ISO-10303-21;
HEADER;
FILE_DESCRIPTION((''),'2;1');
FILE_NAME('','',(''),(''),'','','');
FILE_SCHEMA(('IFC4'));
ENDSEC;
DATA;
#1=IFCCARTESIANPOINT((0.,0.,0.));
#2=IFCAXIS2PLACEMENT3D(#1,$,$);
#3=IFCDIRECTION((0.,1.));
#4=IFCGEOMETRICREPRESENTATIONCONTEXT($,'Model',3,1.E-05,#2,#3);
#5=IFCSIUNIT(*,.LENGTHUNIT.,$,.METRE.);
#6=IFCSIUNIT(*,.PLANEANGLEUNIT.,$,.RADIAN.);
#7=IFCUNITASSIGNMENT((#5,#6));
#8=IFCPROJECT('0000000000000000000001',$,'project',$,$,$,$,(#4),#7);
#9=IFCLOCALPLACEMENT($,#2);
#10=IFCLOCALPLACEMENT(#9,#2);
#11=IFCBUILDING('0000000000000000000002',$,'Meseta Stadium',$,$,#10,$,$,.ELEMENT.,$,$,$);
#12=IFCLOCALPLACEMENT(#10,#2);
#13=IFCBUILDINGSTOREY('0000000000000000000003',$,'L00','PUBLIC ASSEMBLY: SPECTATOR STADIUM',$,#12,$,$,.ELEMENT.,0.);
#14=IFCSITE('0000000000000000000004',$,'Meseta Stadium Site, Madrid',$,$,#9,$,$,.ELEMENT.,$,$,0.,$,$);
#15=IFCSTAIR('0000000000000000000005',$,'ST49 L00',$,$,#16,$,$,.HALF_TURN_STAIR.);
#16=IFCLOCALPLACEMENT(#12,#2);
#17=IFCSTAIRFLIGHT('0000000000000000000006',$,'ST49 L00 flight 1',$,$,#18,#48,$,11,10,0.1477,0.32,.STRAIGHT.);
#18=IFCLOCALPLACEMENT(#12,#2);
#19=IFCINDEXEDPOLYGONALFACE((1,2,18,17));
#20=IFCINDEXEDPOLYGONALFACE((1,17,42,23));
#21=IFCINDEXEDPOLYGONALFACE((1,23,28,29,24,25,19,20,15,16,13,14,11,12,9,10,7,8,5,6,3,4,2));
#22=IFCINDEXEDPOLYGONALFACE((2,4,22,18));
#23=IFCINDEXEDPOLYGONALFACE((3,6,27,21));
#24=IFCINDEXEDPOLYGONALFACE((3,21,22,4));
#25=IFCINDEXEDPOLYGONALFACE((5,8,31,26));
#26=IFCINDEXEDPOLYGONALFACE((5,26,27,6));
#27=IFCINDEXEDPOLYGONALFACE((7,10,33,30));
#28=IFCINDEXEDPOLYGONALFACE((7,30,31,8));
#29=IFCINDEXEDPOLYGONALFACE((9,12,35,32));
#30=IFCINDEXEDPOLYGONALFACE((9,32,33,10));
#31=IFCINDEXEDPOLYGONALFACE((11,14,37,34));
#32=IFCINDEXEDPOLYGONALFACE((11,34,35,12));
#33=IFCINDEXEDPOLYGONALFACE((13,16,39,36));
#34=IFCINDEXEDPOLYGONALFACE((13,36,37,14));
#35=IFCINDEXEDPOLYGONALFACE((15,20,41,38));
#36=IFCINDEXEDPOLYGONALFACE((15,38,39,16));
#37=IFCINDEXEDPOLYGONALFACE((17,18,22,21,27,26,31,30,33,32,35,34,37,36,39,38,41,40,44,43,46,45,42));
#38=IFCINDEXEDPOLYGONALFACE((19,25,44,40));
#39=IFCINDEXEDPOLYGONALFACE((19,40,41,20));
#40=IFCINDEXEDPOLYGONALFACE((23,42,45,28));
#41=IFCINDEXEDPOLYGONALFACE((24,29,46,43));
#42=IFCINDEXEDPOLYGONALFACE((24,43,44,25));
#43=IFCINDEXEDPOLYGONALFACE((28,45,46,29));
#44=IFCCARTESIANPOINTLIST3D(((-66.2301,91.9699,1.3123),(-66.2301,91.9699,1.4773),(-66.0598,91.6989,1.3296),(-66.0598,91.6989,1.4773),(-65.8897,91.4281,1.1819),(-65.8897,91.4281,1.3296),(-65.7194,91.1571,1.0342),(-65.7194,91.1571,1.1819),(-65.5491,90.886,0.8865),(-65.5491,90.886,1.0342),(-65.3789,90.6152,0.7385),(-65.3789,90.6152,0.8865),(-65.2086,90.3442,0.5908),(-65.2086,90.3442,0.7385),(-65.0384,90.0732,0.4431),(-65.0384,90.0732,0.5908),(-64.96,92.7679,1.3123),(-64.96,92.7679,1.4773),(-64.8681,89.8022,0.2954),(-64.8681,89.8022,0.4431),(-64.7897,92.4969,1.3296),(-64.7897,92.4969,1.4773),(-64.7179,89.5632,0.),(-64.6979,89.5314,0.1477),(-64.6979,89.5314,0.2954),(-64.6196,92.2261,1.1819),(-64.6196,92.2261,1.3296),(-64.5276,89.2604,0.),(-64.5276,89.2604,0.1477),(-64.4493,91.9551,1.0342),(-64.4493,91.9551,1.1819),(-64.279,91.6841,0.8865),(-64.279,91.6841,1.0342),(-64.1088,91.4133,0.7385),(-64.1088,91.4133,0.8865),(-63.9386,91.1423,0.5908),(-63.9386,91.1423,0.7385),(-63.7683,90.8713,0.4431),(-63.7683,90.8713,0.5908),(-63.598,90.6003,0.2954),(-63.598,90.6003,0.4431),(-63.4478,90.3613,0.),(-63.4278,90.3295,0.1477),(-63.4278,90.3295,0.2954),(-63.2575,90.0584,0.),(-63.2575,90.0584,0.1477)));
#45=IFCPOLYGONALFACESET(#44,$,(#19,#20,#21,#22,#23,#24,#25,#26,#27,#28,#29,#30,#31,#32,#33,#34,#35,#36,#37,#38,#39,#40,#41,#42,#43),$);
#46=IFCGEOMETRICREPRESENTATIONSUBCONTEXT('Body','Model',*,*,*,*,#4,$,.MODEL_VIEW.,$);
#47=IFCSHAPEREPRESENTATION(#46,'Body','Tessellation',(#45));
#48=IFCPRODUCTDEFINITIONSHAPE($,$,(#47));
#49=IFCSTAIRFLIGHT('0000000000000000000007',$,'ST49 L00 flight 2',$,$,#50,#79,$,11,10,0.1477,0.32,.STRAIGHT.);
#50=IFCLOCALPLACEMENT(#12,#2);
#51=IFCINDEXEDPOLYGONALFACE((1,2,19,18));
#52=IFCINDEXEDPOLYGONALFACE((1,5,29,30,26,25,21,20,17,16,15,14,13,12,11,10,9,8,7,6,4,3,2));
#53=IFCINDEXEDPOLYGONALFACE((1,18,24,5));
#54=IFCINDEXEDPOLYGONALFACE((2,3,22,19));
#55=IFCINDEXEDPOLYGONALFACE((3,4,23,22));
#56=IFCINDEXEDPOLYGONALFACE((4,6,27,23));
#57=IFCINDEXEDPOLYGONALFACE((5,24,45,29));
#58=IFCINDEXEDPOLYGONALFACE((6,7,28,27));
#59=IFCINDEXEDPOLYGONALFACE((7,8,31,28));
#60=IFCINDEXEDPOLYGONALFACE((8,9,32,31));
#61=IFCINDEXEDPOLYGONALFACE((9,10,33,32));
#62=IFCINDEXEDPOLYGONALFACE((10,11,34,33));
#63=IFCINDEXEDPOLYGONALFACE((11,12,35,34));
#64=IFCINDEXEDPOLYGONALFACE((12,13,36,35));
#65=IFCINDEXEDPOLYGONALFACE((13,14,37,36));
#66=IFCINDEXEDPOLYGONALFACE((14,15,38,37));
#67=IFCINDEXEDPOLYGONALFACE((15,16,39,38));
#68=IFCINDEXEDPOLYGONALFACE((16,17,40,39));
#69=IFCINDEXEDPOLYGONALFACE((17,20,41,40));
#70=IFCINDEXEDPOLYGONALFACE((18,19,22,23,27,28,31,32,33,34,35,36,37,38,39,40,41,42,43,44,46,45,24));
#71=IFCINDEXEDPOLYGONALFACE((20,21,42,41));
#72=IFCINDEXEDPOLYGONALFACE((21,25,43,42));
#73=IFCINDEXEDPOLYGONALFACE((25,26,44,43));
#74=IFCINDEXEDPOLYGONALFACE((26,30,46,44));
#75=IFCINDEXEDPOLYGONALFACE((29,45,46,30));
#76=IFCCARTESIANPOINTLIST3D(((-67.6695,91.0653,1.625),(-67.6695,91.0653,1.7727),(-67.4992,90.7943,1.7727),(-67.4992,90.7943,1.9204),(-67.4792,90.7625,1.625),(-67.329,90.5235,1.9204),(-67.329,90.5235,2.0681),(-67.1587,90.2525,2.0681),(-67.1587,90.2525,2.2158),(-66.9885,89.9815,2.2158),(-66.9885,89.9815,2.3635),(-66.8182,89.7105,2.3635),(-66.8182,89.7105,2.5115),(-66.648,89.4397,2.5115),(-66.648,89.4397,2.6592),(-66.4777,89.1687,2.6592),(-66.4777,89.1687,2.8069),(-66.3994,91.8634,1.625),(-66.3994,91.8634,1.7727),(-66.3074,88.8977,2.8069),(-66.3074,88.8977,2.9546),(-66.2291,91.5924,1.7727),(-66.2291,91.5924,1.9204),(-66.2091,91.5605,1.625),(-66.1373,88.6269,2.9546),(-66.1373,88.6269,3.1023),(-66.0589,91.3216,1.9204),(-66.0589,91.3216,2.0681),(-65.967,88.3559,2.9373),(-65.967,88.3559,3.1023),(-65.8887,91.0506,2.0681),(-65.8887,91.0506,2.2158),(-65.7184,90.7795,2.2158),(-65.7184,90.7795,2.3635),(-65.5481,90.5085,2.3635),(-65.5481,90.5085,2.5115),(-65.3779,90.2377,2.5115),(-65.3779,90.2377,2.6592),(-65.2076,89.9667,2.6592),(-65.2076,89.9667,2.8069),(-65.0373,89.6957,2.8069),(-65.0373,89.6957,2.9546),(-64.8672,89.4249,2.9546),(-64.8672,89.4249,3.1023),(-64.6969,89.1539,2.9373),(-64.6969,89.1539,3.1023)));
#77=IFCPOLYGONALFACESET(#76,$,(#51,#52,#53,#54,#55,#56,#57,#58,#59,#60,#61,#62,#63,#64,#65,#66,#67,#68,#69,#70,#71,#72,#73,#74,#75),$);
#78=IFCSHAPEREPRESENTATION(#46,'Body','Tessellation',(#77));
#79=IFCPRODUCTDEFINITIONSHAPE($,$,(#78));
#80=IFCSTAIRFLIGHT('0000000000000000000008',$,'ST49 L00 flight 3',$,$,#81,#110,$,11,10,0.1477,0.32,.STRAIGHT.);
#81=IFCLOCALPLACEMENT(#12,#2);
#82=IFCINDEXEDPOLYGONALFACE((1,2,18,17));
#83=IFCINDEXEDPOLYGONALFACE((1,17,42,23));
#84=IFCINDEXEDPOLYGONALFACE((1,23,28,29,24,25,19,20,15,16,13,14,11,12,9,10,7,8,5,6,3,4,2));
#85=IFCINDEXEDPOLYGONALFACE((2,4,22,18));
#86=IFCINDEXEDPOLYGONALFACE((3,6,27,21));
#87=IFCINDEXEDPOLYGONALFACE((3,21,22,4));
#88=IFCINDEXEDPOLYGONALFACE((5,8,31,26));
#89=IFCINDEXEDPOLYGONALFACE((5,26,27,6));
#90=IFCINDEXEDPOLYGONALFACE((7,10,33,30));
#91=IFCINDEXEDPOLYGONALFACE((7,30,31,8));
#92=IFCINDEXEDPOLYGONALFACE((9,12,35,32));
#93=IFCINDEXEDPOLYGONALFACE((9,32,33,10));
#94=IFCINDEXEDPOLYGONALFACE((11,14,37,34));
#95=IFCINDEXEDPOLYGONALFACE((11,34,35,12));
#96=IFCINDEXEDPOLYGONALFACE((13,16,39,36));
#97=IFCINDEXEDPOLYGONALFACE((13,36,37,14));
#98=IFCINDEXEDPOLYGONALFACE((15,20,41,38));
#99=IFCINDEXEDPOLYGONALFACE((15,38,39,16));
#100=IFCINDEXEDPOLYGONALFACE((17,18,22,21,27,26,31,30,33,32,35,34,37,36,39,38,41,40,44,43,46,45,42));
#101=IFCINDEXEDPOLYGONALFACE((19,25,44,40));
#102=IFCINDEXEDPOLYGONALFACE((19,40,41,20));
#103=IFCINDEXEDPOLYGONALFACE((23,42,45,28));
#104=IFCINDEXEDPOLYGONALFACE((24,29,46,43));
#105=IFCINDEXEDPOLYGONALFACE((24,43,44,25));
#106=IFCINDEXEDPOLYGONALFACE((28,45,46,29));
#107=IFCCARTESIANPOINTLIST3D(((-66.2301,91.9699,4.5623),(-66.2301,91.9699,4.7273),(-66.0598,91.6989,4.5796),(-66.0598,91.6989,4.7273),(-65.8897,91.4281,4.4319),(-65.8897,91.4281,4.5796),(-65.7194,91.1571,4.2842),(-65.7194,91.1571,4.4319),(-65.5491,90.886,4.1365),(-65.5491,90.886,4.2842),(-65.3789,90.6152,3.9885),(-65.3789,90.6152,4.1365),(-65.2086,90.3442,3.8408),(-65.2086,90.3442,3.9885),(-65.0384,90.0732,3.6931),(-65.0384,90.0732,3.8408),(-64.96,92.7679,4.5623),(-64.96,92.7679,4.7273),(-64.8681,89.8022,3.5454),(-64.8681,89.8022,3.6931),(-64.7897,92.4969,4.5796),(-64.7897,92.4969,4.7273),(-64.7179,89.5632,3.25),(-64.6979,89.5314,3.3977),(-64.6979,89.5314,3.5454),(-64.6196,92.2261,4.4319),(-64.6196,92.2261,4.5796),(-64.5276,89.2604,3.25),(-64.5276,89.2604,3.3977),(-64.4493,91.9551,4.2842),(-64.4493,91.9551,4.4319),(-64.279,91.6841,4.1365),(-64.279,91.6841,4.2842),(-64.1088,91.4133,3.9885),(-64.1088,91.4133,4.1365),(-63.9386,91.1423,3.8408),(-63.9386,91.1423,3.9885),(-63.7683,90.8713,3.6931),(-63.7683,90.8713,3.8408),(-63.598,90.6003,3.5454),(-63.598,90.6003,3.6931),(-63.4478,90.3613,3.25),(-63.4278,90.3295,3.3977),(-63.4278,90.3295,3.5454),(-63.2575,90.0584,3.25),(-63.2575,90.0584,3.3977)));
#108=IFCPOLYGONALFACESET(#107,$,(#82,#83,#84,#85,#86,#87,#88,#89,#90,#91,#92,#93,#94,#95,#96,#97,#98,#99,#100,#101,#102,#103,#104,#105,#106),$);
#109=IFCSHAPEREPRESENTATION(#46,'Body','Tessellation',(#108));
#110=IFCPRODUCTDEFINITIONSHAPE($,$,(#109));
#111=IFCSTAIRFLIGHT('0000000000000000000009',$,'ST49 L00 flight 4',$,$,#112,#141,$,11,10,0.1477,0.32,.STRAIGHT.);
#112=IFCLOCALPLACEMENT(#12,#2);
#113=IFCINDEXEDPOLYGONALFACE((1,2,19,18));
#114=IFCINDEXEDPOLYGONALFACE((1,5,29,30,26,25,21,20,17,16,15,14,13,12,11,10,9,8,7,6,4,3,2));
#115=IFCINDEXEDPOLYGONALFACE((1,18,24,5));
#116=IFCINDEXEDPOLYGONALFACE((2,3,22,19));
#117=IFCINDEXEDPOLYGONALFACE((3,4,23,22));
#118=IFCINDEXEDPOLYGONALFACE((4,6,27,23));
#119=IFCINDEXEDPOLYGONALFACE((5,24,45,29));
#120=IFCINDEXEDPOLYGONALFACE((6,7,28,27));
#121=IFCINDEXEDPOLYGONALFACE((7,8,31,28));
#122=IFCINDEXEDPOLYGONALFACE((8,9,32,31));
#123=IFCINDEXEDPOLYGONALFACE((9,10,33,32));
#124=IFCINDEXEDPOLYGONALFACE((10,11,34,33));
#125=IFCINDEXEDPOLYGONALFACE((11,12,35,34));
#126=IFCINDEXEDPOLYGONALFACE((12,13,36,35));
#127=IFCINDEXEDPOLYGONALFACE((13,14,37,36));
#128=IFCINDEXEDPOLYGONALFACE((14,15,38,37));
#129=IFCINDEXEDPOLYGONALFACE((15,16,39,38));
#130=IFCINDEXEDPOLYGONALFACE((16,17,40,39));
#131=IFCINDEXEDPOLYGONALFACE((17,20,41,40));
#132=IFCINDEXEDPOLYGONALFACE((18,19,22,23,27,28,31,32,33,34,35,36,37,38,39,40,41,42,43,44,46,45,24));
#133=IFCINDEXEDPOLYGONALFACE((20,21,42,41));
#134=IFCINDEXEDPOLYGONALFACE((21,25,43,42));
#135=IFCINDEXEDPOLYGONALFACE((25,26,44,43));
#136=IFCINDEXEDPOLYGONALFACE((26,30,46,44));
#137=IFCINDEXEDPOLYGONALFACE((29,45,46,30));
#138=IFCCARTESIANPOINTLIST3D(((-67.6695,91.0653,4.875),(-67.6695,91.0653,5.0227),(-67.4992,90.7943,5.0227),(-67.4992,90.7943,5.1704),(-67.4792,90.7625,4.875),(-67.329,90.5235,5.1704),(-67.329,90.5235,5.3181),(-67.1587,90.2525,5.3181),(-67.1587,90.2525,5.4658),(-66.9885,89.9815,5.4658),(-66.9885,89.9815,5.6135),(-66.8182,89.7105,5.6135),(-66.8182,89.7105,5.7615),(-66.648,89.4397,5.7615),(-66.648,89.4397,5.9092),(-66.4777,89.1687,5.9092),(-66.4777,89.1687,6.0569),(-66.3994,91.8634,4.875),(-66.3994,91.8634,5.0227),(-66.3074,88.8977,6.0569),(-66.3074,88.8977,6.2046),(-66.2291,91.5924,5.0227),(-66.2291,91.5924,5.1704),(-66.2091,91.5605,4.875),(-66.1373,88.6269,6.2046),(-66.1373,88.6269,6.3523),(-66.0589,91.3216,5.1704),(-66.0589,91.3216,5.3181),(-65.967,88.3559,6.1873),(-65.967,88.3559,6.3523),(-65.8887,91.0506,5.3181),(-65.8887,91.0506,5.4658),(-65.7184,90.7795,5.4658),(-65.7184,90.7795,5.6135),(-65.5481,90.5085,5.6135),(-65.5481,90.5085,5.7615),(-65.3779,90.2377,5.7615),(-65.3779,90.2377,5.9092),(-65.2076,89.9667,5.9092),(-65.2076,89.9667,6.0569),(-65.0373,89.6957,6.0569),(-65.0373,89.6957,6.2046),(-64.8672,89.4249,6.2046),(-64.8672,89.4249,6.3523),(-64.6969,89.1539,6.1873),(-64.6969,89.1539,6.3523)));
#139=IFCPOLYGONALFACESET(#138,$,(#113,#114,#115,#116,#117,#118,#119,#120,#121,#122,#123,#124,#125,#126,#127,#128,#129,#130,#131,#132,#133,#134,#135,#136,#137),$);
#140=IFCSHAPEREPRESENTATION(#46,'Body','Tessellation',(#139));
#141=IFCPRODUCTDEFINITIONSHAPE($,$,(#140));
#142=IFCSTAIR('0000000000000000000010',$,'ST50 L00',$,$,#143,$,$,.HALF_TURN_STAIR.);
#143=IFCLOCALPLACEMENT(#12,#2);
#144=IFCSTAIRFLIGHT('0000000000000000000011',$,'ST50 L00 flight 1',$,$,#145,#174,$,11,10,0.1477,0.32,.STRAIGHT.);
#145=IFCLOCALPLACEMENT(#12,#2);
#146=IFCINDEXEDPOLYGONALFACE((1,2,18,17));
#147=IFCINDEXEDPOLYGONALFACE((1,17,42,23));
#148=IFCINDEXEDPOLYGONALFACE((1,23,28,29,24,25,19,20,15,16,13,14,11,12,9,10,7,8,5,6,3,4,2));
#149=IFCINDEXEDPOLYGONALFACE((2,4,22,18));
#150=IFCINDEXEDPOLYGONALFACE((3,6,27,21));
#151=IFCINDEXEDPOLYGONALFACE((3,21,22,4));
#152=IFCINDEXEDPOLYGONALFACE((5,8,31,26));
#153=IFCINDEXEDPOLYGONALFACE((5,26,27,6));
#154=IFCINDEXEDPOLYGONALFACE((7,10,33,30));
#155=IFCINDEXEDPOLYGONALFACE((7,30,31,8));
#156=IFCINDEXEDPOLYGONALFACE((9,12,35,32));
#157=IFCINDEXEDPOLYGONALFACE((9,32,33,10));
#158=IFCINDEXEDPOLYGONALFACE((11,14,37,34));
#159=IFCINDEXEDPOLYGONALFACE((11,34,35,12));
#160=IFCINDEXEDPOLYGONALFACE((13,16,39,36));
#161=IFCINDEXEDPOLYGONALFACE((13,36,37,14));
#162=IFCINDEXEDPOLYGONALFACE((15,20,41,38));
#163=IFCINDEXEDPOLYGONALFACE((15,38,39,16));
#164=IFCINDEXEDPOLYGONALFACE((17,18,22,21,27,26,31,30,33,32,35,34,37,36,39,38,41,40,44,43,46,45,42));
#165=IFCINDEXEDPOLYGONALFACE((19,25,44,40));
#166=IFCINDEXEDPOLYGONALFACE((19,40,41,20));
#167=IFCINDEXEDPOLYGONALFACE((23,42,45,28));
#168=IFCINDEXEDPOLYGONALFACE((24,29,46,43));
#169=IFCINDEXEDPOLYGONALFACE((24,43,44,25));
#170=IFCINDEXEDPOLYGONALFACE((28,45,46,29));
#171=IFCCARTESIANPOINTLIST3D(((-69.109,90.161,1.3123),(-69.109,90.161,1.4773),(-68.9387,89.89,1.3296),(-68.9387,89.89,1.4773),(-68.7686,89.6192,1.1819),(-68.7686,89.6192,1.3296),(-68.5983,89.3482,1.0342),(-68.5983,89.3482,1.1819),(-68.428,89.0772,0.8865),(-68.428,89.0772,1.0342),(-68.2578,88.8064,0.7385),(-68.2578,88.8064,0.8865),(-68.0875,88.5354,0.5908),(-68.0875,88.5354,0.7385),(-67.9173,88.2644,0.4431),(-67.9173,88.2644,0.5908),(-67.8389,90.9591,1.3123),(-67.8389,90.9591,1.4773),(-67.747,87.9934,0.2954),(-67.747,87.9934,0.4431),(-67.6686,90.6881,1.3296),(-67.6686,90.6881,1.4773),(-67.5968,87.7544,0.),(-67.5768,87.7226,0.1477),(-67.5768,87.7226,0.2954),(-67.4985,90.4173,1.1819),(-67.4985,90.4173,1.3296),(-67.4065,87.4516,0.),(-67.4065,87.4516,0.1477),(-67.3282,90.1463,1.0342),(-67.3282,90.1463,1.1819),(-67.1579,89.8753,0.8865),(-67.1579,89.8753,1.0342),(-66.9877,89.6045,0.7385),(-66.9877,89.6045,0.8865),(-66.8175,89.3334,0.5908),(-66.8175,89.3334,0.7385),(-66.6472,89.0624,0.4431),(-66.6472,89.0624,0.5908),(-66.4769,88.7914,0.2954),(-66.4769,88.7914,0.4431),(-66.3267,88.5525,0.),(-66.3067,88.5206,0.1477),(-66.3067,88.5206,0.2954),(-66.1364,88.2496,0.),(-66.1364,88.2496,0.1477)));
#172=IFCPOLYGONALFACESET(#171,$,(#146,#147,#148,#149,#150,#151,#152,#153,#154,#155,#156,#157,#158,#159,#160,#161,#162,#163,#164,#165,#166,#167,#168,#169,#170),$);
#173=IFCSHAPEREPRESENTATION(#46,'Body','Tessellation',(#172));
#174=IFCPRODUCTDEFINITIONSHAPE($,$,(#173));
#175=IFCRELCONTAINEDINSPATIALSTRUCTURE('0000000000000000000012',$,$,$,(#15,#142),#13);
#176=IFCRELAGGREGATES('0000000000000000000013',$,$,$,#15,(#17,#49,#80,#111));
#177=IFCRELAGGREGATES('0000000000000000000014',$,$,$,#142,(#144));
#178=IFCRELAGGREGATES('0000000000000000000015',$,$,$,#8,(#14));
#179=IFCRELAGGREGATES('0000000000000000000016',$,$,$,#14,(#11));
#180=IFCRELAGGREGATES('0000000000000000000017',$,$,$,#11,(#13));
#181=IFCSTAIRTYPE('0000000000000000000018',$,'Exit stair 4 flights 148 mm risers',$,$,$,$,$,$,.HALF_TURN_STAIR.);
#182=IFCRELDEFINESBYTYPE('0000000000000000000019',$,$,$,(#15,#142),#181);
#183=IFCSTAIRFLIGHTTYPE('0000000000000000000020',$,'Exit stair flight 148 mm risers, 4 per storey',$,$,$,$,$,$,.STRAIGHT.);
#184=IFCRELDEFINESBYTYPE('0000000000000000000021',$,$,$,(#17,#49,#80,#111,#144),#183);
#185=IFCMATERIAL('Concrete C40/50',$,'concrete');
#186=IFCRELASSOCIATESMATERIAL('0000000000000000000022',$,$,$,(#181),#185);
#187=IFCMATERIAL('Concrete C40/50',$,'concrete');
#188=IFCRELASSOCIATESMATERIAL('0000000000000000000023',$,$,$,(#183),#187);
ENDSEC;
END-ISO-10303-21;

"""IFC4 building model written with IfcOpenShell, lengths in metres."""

from ifc_helpers import new_model, si_unit, direction, frame, origin, place, context, subcontext, project, spatial, polyline, outline, extrude, material, type_object, element, aggregate, save


model = new_model("IFC4")

# Units and contexts
model_context = context("Model", 3, precision=1e-05, world=origin(), true_north=direction((0.0, 1.0)))
body_context = subcontext(model_context, "Body", "Model", "MODEL_VIEW")
ifc_project = project(units=[si_unit("LENGTHUNIT", "METRE"), si_unit("PLANEANGLEUNIT", "RADIAN")], contexts=[model_context])

# Site, building, storey
site_placement = place(None, origin())
site = spatial("IfcSite", under=ifc_project, at=site_placement, Name="Meseta Stadium Site, Madrid", CompositionType="ELEMENT", RefElevation=0.0)
building_placement = place(site_placement, origin())
building = spatial("IfcBuilding", under=site, at=building_placement, Name="Meseta Stadium", CompositionType="ELEMENT")
storey_placement = place(building_placement, origin())
storey = spatial("IfcBuildingStorey", under=building, at=storey_placement, Name="L00", Description="PUBLIC ASSEMBLY: SPECTATOR STADIUM", CompositionType="ELEMENT", Elevation=0.0)

# Stairs, stair flights
ifc_material_1 = material(Name="Concrete C40/50", Category="concrete")
stair_type = type_object("IfcStairType", Name="Exit stair 4 flights 148 mm risers", PredefinedType="HALF_TURN_STAIR", material=ifc_material_1)
stair_1_placement = place(storey_placement, origin())
stair_1 = element("IfcStair", 1, at=stair_1_placement, inside=storey, type_object=stair_type, Name="ST49 L00", PredefinedType="HALF_TURN_STAIR")
ifc_material_2 = material(Name="Concrete C40/50", Category="concrete")
stair_flight_type = type_object("IfcStairFlightType", Name="Exit stair flight 148 mm risers, 4 per storey", PredefinedType="STRAIGHT", material=ifc_material_2)
stair_flight_1_placement = place(storey_placement, frame((-63.8926, 89.6594, 0.0), z_axis=(0.0, 0.0, 1.0), x_axis=(-0.532032, 0.846724, 0.0)))
stair_flight_1 = element("IfcStairFlight", 2, at=stair_flight_1_placement, type_object=stair_flight_type, Name="ST49 L00 flight 1", NumberOfRisers=11, NumberOfTreads=10, PredefinedType="STRAIGHT", RiserHeight=0.1477, TreadLength=0.32, context=body_context, shape_type="SweptSolid", body=[
    extrude(outline(polyline([(0.0, 0.0), (0.0, 0.1477), (0.3201, 0.1477), (0.3201, 0.2954), (0.6399, 0.2954), (0.6399, 0.4431), (0.96, 0.4431), (0.96, 0.5908), (1.28, 0.5908), (1.28, 0.7385), (1.6001, 0.7385), (1.6001, 0.8865), (1.9199, 0.8865), (1.9199, 1.0342), (2.24, 1.0342), (2.24, 1.1819), (2.5601, 1.1819), (2.5601, 1.3296), (2.8799, 1.3296), (2.8799, 1.4773), (3.2, 1.4773), (3.2, 1.3123), (0.3577, 0.0), (0.0, 0.0)])), frame((0.0, 0.75, 0.0), z_axis=(0.0, -1.0, 0.0), x_axis=(1.0, 0.0, 0.0)), (0.0, 0.0, 1.0), 1.5),
])
stair_flight_2_placement = place(storey_placement, frame((-67.0344, 91.4644, 1.625), z_axis=(0.0, 0.0, 1.0), x_axis=(0.532032, -0.846724, 0.0)))
stair_flight_2 = element("IfcStairFlight", 3, at=stair_flight_2_placement, type_object=stair_flight_type, Name="ST49 L00 flight 2", NumberOfRisers=11, NumberOfTreads=10, PredefinedType="STRAIGHT", RiserHeight=0.1477, TreadLength=0.32, context=body_context, shape_type="SweptSolid", body=[
    extrude(outline(polyline([(0.0, 0.0), (0.0, 0.1477), (0.3201, 0.1477), (0.3201, 0.2954), (0.6399, 0.2954), (0.6399, 0.4431), (0.96, 0.4431), (0.96, 0.5908), (1.28, 0.5908), (1.28, 0.7385), (1.6001, 0.7385), (1.6001, 0.8865), (1.9199, 0.8865), (1.9199, 1.0342), (2.24, 1.0342), (2.24, 1.1819), (2.5601, 1.1819), (2.5601, 1.3296), (2.8799, 1.3296), (2.8799, 1.4773), (3.2, 1.4773), (3.2, 1.3123), (0.3577, 0.0), (0.0, 0.0)])), frame((0.0, 0.75, 0.0), z_axis=(0.0, -1.0, 0.0), x_axis=(1.0, 0.0, 0.0)), (0.0, 0.0, 1.0), 1.5),
])
stair_flight_3_placement = place(storey_placement, frame((-63.8926, 89.6594, 3.25), z_axis=(0.0, 0.0, 1.0), x_axis=(-0.532032, 0.846724, 0.0)))
stair_flight_3 = element("IfcStairFlight", 4, at=stair_flight_3_placement, type_object=stair_flight_type, Name="ST49 L00 flight 3", NumberOfRisers=11, NumberOfTreads=10, PredefinedType="STRAIGHT", RiserHeight=0.1477, TreadLength=0.32, context=body_context, shape_type="SweptSolid", body=[
    extrude(outline(polyline([(0.0, 0.0), (0.0, 0.1477), (0.3201, 0.1477), (0.3201, 0.2954), (0.6399, 0.2954), (0.6399, 0.4431), (0.96, 0.4431), (0.96, 0.5908), (1.28, 0.5908), (1.28, 0.7385), (1.6001, 0.7385), (1.6001, 0.8865), (1.9199, 0.8865), (1.9199, 1.0342), (2.24, 1.0342), (2.24, 1.1819), (2.5601, 1.1819), (2.5601, 1.3296), (2.8799, 1.3296), (2.8799, 1.4773), (3.2, 1.4773), (3.2, 1.3123), (0.3577, 0.0), (0.0, 0.0)])), frame((0.0, 0.75, 0.0), z_axis=(0.0, -1.0, 0.0), x_axis=(1.0, 0.0, 0.0)), (0.0, 0.0, 1.0), 1.5),
])
stair_flight_4_placement = place(storey_placement, frame((-67.0344, 91.4644, 4.875), z_axis=(0.0, 0.0, 1.0), x_axis=(0.532032, -0.846724, 0.0)))
stair_flight_4 = element("IfcStairFlight", 5, at=stair_flight_4_placement, type_object=stair_flight_type, Name="ST49 L00 flight 4", NumberOfRisers=11, NumberOfTreads=10, PredefinedType="STRAIGHT", RiserHeight=0.1477, TreadLength=0.32, context=body_context, shape_type="SweptSolid", body=[
    extrude(outline(polyline([(0.0, 0.0), (0.0, 0.1477), (0.3201, 0.1477), (0.3201, 0.2954), (0.6399, 0.2954), (0.6399, 0.4431), (0.96, 0.4431), (0.96, 0.5908), (1.28, 0.5908), (1.28, 0.7385), (1.6001, 0.7385), (1.6001, 0.8865), (1.9199, 0.8865), (1.9199, 1.0342), (2.24, 1.0342), (2.24, 1.1819), (2.5601, 1.1819), (2.5601, 1.3296), (2.8799, 1.3296), (2.8799, 1.4773), (3.2, 1.4773), (3.2, 1.3123), (0.3577, 0.0), (0.0, 0.0)])), frame((0.0, 0.75, 0.0), z_axis=(0.0, -1.0, 0.0), x_axis=(1.0, 0.0, 0.0)), (0.0, 0.0, 1.0), 1.5),
])
aggregate(stair_1, [stair_flight_1, stair_flight_2, stair_flight_3, stair_flight_4])
stair_2_placement = place(storey_placement, origin())
stair_2 = element("IfcStair", 6, at=stair_2_placement, inside=storey, type_object=stair_type, Name="ST50 L00", PredefinedType="HALF_TURN_STAIR")
stair_flight_5_placement = place(storey_placement, frame((-66.7715, 87.8506, 0.0), z_axis=(0.0, 0.0, 1.0), x_axis=(-0.532032, 0.846724, 0.0)))
stair_flight_5 = element("IfcStairFlight", 7, at=stair_flight_5_placement, type_object=stair_flight_type, Name="ST50 L00 flight 1", NumberOfRisers=11, NumberOfTreads=10, PredefinedType="STRAIGHT", RiserHeight=0.1477, TreadLength=0.32, context=body_context, shape_type="SweptSolid", body=[
    extrude(outline(polyline([(0.0, 0.0), (0.0, 0.1477), (0.3201, 0.1477), (0.3201, 0.2954), (0.6399, 0.2954), (0.6399, 0.4431), (0.96, 0.4431), (0.96, 0.5908), (1.28, 0.5908), (1.28, 0.7385), (1.6001, 0.7385), (1.6001, 0.8865), (1.9199, 0.8865), (1.9199, 1.0342), (2.24, 1.0342), (2.24, 1.1819), (2.5601, 1.1819), (2.5601, 1.3296), (2.8799, 1.3296), (2.8799, 1.4773), (3.2, 1.4773), (3.2, 1.3123), (0.3577, 0.0), (0.0, 0.0)])), frame((0.0, 0.75, 0.0), z_axis=(0.0, -1.0, 0.0), x_axis=(1.0, 0.0, 0.0)), (0.0, 0.0, 1.0), 1.5),
])
aggregate(stair_2, [stair_flight_5])

save(model, "model.ifc")
